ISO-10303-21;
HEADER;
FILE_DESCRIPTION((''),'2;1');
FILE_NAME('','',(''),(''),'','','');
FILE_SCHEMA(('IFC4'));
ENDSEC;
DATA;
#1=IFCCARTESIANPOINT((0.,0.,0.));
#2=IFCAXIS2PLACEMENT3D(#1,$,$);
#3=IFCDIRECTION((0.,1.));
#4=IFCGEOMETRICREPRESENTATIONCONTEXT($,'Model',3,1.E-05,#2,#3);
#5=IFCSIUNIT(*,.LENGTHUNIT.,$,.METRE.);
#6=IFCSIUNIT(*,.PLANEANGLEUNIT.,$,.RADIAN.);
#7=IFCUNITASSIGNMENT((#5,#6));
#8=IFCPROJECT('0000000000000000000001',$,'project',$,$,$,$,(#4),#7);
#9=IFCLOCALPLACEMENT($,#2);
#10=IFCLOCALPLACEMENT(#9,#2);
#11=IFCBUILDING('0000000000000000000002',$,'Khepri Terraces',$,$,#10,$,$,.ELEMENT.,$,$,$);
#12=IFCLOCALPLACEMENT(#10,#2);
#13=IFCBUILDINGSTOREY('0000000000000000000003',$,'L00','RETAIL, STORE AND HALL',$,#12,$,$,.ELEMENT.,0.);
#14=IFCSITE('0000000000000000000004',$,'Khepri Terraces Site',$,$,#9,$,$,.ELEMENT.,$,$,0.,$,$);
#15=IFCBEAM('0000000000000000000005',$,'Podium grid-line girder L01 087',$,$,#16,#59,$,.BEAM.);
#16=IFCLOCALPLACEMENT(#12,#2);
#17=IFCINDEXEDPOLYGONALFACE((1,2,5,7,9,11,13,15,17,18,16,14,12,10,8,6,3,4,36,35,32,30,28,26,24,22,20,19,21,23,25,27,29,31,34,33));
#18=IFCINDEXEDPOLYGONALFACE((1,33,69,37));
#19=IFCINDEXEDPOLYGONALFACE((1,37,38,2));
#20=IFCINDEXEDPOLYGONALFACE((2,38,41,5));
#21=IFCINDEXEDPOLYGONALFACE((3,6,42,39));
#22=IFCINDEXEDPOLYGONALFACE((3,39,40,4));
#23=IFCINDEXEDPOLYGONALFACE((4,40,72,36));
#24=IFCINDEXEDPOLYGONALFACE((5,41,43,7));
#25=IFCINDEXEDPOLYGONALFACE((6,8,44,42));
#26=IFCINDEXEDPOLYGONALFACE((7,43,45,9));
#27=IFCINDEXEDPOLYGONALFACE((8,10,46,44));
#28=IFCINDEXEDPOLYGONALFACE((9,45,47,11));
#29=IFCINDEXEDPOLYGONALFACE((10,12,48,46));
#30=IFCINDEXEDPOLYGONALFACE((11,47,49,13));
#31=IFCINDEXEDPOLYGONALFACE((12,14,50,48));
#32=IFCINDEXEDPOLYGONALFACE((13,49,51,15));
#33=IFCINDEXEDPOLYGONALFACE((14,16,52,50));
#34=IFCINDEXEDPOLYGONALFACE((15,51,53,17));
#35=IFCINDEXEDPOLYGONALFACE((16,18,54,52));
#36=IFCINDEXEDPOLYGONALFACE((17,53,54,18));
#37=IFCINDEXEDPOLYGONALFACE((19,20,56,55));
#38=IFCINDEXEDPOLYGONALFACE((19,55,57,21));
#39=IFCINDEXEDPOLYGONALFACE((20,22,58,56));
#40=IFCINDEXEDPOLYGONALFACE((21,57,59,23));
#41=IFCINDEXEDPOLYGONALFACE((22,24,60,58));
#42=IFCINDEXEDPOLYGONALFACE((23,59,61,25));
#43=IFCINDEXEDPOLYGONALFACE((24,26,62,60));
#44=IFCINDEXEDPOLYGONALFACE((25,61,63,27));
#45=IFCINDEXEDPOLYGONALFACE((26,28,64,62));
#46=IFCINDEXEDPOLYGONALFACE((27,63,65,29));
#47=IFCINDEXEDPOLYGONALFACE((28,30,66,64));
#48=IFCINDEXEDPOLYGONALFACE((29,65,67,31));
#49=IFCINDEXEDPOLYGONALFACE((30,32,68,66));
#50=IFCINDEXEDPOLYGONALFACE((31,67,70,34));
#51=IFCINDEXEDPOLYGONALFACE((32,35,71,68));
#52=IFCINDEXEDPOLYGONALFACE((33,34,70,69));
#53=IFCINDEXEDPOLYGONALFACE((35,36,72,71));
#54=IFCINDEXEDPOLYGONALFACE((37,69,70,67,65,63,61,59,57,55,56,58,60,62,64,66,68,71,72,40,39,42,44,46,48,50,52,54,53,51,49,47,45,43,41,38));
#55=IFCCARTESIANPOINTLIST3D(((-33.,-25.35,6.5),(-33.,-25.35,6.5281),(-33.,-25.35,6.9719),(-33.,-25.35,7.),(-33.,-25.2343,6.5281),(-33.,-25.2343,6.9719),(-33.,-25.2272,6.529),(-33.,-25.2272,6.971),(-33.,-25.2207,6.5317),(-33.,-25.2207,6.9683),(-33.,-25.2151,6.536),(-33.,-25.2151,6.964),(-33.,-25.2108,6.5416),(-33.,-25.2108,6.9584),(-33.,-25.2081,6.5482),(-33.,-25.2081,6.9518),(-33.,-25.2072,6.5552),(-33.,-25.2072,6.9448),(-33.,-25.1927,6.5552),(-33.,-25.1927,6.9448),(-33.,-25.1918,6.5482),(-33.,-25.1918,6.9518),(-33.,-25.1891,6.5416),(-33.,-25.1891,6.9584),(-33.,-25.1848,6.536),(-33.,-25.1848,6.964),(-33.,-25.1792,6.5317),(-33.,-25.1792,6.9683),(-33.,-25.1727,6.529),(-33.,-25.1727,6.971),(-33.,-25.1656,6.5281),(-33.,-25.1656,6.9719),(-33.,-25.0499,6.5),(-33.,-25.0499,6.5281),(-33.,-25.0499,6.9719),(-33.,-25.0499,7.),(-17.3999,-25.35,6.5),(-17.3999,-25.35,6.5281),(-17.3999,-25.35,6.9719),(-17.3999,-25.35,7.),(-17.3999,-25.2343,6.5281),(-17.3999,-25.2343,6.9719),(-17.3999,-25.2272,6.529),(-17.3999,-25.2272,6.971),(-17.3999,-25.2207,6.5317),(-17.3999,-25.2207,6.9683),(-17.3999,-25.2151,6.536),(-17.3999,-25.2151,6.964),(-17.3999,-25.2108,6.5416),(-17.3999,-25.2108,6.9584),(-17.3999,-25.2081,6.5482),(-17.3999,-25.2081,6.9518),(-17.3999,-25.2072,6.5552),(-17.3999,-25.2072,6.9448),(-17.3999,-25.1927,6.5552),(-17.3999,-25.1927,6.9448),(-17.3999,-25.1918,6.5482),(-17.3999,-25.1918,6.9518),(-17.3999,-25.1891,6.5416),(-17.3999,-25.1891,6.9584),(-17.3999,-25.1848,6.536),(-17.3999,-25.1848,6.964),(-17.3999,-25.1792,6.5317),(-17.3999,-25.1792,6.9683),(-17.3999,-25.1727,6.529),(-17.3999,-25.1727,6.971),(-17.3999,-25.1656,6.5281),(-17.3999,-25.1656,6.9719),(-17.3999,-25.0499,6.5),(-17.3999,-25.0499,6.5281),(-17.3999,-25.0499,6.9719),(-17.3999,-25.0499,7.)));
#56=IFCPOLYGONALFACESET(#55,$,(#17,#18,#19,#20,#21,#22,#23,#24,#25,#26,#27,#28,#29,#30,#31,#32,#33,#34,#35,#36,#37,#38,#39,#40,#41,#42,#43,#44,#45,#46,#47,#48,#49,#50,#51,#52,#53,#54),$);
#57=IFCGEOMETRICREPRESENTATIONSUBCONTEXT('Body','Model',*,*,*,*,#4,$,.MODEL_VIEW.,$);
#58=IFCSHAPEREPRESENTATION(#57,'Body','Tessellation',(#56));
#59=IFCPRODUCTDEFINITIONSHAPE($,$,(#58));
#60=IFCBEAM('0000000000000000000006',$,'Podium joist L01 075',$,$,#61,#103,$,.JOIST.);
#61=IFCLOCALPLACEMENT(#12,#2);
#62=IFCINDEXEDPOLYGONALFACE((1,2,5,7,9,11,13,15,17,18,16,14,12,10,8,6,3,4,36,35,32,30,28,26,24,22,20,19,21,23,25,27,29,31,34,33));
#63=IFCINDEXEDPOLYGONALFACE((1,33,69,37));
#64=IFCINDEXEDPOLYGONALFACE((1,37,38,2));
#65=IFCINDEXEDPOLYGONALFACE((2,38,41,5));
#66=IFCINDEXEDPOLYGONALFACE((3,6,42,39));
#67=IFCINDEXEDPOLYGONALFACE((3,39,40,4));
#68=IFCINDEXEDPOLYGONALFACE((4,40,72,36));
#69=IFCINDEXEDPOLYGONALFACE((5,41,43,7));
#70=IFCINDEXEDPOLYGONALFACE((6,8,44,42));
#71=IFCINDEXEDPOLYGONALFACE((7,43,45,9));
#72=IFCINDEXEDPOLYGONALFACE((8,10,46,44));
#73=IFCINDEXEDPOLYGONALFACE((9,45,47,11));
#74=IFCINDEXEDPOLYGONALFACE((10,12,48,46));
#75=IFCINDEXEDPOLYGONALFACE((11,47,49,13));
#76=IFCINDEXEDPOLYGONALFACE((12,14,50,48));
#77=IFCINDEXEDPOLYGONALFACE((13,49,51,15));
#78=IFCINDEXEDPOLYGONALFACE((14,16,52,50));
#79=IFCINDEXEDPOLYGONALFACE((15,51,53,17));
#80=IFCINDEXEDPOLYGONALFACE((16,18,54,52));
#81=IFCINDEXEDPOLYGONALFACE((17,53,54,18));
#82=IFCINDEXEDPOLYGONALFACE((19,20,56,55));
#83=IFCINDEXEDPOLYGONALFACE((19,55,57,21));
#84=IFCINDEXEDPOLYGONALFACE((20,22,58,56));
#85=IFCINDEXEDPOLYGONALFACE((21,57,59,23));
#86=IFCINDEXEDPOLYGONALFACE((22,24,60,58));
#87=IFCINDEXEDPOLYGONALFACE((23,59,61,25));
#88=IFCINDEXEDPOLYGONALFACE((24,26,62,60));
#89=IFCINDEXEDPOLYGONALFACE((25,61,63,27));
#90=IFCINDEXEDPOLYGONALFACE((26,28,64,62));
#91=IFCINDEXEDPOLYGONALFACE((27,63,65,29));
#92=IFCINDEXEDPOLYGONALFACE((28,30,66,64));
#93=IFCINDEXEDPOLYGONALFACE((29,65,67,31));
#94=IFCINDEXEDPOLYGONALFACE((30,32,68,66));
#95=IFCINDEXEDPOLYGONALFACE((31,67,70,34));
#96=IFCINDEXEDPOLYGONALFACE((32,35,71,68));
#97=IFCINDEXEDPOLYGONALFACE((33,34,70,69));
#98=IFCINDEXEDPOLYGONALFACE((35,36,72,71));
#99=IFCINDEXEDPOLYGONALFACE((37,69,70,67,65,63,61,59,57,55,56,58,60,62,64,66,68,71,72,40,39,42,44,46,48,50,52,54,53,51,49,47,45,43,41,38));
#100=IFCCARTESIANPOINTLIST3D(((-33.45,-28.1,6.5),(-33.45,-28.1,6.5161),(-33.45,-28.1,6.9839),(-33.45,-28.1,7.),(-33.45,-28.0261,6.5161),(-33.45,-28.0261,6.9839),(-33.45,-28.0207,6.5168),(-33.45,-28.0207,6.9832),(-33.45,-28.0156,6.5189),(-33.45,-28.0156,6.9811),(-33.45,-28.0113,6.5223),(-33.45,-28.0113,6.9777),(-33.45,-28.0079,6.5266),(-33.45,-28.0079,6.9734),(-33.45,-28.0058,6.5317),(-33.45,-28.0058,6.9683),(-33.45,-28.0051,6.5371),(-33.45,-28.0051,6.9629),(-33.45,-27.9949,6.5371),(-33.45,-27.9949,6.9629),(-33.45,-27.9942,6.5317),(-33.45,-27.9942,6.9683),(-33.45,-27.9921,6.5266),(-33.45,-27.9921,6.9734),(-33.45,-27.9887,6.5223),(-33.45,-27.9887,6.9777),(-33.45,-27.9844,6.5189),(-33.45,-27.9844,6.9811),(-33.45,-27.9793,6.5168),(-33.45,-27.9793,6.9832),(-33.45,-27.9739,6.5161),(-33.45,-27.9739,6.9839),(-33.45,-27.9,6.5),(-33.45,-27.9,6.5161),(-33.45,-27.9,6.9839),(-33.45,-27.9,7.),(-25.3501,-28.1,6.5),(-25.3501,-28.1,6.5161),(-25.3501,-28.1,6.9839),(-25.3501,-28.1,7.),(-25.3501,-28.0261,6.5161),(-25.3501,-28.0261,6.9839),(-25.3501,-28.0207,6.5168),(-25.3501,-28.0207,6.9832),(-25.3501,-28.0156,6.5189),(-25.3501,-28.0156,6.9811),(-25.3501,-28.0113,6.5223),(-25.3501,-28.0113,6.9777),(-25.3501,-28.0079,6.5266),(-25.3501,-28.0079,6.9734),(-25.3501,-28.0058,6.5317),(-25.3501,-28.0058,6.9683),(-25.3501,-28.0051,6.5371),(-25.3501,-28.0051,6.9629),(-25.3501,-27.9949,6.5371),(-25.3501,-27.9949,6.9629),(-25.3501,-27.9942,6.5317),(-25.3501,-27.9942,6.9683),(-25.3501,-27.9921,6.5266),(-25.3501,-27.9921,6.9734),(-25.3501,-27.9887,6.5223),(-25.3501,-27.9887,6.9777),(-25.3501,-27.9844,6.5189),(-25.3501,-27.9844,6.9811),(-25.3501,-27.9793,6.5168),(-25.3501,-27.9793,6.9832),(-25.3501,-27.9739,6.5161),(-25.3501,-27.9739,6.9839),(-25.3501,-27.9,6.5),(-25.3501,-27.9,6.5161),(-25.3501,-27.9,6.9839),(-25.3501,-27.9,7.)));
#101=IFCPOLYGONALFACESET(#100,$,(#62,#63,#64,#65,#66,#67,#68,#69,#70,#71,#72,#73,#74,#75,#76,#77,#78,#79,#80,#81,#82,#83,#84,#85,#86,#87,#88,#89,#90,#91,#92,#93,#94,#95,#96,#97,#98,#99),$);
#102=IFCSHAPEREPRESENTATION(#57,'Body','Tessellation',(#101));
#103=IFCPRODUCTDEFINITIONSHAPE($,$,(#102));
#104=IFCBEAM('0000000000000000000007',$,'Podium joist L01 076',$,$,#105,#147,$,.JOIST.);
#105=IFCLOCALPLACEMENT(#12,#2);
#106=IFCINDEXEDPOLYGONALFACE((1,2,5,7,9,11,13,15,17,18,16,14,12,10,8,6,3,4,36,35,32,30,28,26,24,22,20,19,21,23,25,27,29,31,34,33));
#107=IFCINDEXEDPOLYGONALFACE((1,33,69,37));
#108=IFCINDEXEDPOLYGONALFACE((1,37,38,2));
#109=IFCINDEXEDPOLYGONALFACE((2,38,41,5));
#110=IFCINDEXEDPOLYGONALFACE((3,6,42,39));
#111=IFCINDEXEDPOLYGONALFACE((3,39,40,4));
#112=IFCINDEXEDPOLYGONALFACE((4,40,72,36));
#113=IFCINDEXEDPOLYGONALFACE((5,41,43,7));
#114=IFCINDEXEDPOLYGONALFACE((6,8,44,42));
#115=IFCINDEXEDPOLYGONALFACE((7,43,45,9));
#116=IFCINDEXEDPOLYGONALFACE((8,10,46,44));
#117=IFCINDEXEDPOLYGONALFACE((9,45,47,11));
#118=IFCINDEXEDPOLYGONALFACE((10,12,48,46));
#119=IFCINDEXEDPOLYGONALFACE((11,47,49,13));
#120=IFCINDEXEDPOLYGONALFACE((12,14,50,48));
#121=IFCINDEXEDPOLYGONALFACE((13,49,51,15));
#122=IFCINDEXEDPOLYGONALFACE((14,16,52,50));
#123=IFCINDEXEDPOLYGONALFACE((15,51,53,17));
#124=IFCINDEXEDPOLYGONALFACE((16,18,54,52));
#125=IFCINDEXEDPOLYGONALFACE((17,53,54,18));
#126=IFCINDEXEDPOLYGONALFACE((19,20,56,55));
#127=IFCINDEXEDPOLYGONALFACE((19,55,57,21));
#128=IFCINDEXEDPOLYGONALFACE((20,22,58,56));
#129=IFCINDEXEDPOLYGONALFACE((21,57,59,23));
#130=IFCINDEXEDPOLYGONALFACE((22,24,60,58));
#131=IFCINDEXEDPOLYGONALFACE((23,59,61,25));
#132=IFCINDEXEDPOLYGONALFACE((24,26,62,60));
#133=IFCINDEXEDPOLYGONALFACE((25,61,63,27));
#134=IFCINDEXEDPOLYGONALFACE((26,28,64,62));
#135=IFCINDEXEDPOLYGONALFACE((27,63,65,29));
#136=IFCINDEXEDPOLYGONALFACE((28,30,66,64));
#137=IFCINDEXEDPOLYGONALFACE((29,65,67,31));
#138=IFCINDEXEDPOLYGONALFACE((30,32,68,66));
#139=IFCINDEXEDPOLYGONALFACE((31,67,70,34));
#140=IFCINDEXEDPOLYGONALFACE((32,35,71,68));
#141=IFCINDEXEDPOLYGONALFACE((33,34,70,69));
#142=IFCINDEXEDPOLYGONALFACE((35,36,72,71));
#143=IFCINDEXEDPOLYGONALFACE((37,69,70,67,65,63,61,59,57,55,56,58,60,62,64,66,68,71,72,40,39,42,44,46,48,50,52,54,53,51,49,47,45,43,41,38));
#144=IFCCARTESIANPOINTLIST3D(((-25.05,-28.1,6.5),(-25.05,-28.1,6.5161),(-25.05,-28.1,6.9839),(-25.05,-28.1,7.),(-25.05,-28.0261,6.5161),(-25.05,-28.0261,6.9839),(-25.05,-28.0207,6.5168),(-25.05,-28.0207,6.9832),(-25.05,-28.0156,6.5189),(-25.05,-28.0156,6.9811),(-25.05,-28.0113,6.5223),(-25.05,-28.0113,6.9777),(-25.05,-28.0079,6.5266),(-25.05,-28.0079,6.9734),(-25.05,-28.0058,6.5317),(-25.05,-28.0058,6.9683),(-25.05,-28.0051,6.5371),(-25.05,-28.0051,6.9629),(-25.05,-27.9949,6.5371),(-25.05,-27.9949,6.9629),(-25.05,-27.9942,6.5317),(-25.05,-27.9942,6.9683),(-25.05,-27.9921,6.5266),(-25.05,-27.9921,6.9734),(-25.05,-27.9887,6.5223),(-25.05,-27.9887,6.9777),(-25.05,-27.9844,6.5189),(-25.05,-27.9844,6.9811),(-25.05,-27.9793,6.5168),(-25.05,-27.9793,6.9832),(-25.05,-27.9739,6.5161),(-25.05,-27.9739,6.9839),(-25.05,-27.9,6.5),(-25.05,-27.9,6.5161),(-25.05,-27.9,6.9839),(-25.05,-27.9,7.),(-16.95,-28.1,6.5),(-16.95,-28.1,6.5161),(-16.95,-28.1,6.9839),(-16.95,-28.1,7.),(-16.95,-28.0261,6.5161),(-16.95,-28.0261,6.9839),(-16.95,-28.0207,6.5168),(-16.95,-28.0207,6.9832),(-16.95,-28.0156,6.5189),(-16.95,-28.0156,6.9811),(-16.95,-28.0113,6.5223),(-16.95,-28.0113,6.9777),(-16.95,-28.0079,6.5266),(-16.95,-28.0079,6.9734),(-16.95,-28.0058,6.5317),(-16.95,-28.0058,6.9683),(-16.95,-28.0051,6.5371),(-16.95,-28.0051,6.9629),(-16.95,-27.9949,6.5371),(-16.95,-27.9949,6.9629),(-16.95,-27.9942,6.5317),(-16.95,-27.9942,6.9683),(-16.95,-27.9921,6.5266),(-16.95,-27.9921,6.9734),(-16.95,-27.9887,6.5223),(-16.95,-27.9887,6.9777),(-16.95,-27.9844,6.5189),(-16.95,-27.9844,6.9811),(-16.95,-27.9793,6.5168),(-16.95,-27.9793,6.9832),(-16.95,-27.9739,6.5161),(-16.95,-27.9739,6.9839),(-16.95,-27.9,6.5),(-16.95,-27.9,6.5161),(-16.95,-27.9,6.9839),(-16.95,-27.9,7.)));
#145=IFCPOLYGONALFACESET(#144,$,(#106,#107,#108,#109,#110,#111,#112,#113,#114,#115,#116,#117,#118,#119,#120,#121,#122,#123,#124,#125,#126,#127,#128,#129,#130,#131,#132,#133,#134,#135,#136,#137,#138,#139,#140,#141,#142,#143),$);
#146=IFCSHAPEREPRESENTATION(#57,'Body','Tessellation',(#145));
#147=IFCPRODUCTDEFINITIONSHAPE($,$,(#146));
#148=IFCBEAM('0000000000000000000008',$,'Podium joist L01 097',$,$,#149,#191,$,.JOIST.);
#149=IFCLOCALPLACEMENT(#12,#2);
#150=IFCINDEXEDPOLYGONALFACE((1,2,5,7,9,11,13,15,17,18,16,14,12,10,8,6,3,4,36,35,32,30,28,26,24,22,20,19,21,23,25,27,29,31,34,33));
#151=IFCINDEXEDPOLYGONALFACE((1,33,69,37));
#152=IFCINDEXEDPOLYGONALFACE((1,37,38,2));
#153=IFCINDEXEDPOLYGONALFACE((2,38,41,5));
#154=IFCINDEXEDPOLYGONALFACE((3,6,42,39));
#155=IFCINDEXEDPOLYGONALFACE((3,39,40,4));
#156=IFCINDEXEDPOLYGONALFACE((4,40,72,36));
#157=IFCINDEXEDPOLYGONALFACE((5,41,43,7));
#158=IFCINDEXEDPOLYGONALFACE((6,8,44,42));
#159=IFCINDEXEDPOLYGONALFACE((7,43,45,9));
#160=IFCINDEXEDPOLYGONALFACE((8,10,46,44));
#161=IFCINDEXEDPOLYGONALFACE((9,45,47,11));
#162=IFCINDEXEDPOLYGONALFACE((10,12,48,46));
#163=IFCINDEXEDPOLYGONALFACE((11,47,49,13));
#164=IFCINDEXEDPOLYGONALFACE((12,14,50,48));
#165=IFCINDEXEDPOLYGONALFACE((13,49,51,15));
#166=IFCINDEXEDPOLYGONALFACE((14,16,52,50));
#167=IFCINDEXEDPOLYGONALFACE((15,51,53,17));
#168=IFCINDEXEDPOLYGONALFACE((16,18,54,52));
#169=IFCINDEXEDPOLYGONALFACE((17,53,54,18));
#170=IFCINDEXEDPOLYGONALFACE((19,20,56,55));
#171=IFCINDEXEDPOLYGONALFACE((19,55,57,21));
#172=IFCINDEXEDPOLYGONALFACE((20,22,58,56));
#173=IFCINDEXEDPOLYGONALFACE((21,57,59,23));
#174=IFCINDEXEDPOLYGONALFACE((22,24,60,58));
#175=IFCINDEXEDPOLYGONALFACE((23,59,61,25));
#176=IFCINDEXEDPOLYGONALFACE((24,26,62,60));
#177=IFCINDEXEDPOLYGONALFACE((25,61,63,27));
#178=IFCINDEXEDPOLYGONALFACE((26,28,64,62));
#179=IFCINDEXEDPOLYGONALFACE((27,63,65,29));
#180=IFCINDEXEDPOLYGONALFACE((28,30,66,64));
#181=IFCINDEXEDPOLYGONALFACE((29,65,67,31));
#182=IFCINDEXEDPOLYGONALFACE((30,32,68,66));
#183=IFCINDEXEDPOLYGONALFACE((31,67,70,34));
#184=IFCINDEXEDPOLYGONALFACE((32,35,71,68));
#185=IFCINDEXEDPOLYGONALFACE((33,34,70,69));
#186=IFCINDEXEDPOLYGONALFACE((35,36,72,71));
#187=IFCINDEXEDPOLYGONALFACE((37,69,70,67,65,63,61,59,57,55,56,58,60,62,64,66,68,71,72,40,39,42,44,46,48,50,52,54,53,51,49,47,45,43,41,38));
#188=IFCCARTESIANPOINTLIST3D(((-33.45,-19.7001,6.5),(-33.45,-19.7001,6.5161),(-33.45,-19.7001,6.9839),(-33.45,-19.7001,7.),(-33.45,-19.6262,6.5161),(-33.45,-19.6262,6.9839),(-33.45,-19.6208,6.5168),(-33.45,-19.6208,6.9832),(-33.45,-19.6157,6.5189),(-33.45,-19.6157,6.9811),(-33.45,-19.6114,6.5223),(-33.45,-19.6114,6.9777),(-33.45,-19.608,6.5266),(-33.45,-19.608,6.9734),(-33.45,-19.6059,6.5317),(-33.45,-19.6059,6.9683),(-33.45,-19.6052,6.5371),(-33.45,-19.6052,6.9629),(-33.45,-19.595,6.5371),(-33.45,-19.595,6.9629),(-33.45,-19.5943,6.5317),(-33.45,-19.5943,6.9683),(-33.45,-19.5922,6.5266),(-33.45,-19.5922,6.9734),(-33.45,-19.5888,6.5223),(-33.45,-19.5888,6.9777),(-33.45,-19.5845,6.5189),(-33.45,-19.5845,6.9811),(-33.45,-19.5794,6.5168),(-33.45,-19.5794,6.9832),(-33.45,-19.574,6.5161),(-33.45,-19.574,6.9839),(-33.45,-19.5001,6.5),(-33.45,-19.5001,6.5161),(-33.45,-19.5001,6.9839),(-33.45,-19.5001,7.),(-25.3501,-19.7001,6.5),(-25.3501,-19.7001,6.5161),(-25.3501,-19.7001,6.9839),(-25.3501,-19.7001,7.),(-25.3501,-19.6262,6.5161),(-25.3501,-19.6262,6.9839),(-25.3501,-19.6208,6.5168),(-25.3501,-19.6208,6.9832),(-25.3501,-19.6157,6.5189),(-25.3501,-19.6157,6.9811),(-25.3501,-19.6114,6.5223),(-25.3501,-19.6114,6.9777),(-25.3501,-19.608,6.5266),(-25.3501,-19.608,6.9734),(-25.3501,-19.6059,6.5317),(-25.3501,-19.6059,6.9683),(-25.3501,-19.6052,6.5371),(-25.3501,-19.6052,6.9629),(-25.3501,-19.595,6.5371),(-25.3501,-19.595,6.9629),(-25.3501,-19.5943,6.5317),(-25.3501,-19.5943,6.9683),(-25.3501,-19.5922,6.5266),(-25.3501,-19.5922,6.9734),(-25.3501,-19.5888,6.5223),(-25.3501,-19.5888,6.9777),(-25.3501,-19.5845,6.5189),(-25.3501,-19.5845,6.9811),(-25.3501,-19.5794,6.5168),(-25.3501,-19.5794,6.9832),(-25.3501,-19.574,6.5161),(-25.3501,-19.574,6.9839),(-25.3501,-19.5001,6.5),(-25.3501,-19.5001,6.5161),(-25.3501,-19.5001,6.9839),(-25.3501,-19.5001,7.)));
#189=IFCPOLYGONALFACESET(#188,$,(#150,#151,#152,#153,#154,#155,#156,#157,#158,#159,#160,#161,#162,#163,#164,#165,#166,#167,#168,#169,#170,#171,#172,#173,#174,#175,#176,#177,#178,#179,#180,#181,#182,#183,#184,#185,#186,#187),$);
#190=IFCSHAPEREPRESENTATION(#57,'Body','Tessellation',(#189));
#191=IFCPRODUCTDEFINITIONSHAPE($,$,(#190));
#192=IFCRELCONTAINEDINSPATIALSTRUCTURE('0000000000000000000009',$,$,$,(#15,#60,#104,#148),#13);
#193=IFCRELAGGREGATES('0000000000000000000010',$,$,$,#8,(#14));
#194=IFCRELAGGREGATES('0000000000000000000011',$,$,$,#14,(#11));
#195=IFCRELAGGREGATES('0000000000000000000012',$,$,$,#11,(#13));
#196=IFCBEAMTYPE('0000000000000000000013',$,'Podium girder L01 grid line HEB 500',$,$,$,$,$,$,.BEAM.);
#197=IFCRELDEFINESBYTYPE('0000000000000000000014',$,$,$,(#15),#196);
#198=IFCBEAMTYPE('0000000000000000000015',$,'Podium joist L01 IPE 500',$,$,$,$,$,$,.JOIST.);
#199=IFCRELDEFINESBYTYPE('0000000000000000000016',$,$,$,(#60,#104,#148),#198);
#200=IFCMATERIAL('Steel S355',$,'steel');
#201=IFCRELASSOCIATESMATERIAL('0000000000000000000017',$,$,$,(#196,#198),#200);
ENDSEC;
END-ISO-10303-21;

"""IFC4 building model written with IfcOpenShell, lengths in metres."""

from ifc_helpers import new_model, si_unit, direction, frame, origin, origin_2d, place, context, subcontext, project, spatial, i_section, extrude, material, material_profile, profile_set, type_object, element, save


model = new_model("IFC4")

# Units and contexts
model_context = context("Model", 3, precision=1e-05, world=origin(), true_north=direction((0.0, 1.0)))
body_context = subcontext(model_context, "Body", "Model", "MODEL_VIEW")
ifc_project = project(units=[si_unit("LENGTHUNIT", "METRE"), si_unit("PLANEANGLEUNIT", "RADIAN")], contexts=[model_context])

# Site, building, storey
site_placement = place(None, origin())
site = spatial("IfcSite", under=ifc_project, at=site_placement, Name="Khepri Terraces Site", CompositionType="ELEMENT", RefElevation=0.0)
building_placement = place(site_placement, origin())
building = spatial("IfcBuilding", under=site, at=building_placement, Name="Khepri Terraces", CompositionType="ELEMENT")
storey_placement = place(building_placement, origin())
storey = spatial("IfcBuildingStorey", under=building, at=storey_placement, Name="L00", Description="RETAIL, STORE AND HALL", CompositionType="ELEMENT", Elevation=0.0)

# Beams
ifc_material_1 = material(Name="Steel S355", Category="steel")
ifc_material_profile_1 = material_profile(ifc_material_1, i_section(OverallWidth=0.3, OverallDepth=0.5, WebThickness=0.0144, FlangeThickness=0.0281, FilletRadius=0.0271, at=origin_2d()), Name="Steel S355", Category="steel")
ifc_profile_set_1 = profile_set([ifc_material_profile_1], Name="Steel S355")
beam_type_1 = type_object("IfcBeamType", Name="Podium girder L01 grid line HEB 500", PredefinedType="BEAM", material=ifc_profile_set_1)
beam_1_placement = place(storey_placement, frame((-33.0, -25.2, 6.75), z_axis=(1.0, 0.0, 0.0), x_axis=(0.0, 1.0, 0.0)))
element("IfcBeam", 1, at=beam_1_placement, inside=storey, type_object=beam_type_1, Name="Podium grid-line girder L01 087", PredefinedType="BEAM", context=body_context, shape_type="SweptSolid", body=[
    extrude(i_section(OverallWidth=0.3, OverallDepth=0.5, WebThickness=0.0144, FlangeThickness=0.0281, FilletRadius=0.0271, at=origin_2d()), origin(), (0.0, 0.0, 1.0), 15.6001),
])
ifc_material_profile_2 = material_profile(ifc_material_1, i_section(OverallWidth=0.2, OverallDepth=0.5, WebThickness=0.0103, FlangeThickness=0.0161, FilletRadius=0.021, at=origin_2d()), Name="Steel S355", Category="steel")
ifc_profile_set_2 = profile_set([ifc_material_profile_2], Name="Steel S355")
beam_type_2 = type_object("IfcBeamType", Name="Podium joist L01 IPE 500", PredefinedType="JOIST", material=ifc_profile_set_2)
beam_2_placement = place(storey_placement, frame((-33.45, -28.0, 6.75), z_axis=(1.0, 0.0, 0.0), x_axis=(0.0, 1.0, 0.0)))
element("IfcBeam", 2, at=beam_2_placement, inside=storey, type_object=beam_type_2, Name="Podium joist L01 075", PredefinedType="JOIST", context=body_context, shape_type="SweptSolid", body=[
    extrude(i_section(OverallWidth=0.2, OverallDepth=0.5, WebThickness=0.0103, FlangeThickness=0.0161, FilletRadius=0.021, at=origin_2d()), origin(), (0.0, 0.0, 1.0), 8.0999),
])
beam_3_placement = place(storey_placement, frame((-25.05, -28.0, 6.75), z_axis=(1.0, 0.0, 0.0), x_axis=(0.0, 1.0, 0.0)))
element("IfcBeam", 3, at=beam_3_placement, inside=storey, type_object=beam_type_2, Name="Podium joist L01 076", PredefinedType="JOIST", context=body_context, shape_type="SweptSolid", body=[
    extrude(i_section(OverallWidth=0.2, OverallDepth=0.5, WebThickness=0.0103, FlangeThickness=0.0161, FilletRadius=0.021, at=origin_2d()), origin(), (0.0, 0.0, 1.0), 8.1001),
])
beam_4_placement = place(storey_placement, frame((-33.45, -19.6001, 6.75), z_axis=(1.0, 0.0, 0.0), x_axis=(0.0, 1.0, 0.0)))
element("IfcBeam", 4, at=beam_4_placement, inside=storey, type_object=beam_type_2, Name="Podium joist L01 097", PredefinedType="JOIST", context=body_context, shape_type="SweptSolid", body=[
    extrude(i_section(OverallWidth=0.2, OverallDepth=0.5, WebThickness=0.0103, FlangeThickness=0.0161, FilletRadius=0.021, at=origin_2d()), origin(), (0.0, 0.0, 1.0), 8.0999),
])

save(model, "model.ifc")
